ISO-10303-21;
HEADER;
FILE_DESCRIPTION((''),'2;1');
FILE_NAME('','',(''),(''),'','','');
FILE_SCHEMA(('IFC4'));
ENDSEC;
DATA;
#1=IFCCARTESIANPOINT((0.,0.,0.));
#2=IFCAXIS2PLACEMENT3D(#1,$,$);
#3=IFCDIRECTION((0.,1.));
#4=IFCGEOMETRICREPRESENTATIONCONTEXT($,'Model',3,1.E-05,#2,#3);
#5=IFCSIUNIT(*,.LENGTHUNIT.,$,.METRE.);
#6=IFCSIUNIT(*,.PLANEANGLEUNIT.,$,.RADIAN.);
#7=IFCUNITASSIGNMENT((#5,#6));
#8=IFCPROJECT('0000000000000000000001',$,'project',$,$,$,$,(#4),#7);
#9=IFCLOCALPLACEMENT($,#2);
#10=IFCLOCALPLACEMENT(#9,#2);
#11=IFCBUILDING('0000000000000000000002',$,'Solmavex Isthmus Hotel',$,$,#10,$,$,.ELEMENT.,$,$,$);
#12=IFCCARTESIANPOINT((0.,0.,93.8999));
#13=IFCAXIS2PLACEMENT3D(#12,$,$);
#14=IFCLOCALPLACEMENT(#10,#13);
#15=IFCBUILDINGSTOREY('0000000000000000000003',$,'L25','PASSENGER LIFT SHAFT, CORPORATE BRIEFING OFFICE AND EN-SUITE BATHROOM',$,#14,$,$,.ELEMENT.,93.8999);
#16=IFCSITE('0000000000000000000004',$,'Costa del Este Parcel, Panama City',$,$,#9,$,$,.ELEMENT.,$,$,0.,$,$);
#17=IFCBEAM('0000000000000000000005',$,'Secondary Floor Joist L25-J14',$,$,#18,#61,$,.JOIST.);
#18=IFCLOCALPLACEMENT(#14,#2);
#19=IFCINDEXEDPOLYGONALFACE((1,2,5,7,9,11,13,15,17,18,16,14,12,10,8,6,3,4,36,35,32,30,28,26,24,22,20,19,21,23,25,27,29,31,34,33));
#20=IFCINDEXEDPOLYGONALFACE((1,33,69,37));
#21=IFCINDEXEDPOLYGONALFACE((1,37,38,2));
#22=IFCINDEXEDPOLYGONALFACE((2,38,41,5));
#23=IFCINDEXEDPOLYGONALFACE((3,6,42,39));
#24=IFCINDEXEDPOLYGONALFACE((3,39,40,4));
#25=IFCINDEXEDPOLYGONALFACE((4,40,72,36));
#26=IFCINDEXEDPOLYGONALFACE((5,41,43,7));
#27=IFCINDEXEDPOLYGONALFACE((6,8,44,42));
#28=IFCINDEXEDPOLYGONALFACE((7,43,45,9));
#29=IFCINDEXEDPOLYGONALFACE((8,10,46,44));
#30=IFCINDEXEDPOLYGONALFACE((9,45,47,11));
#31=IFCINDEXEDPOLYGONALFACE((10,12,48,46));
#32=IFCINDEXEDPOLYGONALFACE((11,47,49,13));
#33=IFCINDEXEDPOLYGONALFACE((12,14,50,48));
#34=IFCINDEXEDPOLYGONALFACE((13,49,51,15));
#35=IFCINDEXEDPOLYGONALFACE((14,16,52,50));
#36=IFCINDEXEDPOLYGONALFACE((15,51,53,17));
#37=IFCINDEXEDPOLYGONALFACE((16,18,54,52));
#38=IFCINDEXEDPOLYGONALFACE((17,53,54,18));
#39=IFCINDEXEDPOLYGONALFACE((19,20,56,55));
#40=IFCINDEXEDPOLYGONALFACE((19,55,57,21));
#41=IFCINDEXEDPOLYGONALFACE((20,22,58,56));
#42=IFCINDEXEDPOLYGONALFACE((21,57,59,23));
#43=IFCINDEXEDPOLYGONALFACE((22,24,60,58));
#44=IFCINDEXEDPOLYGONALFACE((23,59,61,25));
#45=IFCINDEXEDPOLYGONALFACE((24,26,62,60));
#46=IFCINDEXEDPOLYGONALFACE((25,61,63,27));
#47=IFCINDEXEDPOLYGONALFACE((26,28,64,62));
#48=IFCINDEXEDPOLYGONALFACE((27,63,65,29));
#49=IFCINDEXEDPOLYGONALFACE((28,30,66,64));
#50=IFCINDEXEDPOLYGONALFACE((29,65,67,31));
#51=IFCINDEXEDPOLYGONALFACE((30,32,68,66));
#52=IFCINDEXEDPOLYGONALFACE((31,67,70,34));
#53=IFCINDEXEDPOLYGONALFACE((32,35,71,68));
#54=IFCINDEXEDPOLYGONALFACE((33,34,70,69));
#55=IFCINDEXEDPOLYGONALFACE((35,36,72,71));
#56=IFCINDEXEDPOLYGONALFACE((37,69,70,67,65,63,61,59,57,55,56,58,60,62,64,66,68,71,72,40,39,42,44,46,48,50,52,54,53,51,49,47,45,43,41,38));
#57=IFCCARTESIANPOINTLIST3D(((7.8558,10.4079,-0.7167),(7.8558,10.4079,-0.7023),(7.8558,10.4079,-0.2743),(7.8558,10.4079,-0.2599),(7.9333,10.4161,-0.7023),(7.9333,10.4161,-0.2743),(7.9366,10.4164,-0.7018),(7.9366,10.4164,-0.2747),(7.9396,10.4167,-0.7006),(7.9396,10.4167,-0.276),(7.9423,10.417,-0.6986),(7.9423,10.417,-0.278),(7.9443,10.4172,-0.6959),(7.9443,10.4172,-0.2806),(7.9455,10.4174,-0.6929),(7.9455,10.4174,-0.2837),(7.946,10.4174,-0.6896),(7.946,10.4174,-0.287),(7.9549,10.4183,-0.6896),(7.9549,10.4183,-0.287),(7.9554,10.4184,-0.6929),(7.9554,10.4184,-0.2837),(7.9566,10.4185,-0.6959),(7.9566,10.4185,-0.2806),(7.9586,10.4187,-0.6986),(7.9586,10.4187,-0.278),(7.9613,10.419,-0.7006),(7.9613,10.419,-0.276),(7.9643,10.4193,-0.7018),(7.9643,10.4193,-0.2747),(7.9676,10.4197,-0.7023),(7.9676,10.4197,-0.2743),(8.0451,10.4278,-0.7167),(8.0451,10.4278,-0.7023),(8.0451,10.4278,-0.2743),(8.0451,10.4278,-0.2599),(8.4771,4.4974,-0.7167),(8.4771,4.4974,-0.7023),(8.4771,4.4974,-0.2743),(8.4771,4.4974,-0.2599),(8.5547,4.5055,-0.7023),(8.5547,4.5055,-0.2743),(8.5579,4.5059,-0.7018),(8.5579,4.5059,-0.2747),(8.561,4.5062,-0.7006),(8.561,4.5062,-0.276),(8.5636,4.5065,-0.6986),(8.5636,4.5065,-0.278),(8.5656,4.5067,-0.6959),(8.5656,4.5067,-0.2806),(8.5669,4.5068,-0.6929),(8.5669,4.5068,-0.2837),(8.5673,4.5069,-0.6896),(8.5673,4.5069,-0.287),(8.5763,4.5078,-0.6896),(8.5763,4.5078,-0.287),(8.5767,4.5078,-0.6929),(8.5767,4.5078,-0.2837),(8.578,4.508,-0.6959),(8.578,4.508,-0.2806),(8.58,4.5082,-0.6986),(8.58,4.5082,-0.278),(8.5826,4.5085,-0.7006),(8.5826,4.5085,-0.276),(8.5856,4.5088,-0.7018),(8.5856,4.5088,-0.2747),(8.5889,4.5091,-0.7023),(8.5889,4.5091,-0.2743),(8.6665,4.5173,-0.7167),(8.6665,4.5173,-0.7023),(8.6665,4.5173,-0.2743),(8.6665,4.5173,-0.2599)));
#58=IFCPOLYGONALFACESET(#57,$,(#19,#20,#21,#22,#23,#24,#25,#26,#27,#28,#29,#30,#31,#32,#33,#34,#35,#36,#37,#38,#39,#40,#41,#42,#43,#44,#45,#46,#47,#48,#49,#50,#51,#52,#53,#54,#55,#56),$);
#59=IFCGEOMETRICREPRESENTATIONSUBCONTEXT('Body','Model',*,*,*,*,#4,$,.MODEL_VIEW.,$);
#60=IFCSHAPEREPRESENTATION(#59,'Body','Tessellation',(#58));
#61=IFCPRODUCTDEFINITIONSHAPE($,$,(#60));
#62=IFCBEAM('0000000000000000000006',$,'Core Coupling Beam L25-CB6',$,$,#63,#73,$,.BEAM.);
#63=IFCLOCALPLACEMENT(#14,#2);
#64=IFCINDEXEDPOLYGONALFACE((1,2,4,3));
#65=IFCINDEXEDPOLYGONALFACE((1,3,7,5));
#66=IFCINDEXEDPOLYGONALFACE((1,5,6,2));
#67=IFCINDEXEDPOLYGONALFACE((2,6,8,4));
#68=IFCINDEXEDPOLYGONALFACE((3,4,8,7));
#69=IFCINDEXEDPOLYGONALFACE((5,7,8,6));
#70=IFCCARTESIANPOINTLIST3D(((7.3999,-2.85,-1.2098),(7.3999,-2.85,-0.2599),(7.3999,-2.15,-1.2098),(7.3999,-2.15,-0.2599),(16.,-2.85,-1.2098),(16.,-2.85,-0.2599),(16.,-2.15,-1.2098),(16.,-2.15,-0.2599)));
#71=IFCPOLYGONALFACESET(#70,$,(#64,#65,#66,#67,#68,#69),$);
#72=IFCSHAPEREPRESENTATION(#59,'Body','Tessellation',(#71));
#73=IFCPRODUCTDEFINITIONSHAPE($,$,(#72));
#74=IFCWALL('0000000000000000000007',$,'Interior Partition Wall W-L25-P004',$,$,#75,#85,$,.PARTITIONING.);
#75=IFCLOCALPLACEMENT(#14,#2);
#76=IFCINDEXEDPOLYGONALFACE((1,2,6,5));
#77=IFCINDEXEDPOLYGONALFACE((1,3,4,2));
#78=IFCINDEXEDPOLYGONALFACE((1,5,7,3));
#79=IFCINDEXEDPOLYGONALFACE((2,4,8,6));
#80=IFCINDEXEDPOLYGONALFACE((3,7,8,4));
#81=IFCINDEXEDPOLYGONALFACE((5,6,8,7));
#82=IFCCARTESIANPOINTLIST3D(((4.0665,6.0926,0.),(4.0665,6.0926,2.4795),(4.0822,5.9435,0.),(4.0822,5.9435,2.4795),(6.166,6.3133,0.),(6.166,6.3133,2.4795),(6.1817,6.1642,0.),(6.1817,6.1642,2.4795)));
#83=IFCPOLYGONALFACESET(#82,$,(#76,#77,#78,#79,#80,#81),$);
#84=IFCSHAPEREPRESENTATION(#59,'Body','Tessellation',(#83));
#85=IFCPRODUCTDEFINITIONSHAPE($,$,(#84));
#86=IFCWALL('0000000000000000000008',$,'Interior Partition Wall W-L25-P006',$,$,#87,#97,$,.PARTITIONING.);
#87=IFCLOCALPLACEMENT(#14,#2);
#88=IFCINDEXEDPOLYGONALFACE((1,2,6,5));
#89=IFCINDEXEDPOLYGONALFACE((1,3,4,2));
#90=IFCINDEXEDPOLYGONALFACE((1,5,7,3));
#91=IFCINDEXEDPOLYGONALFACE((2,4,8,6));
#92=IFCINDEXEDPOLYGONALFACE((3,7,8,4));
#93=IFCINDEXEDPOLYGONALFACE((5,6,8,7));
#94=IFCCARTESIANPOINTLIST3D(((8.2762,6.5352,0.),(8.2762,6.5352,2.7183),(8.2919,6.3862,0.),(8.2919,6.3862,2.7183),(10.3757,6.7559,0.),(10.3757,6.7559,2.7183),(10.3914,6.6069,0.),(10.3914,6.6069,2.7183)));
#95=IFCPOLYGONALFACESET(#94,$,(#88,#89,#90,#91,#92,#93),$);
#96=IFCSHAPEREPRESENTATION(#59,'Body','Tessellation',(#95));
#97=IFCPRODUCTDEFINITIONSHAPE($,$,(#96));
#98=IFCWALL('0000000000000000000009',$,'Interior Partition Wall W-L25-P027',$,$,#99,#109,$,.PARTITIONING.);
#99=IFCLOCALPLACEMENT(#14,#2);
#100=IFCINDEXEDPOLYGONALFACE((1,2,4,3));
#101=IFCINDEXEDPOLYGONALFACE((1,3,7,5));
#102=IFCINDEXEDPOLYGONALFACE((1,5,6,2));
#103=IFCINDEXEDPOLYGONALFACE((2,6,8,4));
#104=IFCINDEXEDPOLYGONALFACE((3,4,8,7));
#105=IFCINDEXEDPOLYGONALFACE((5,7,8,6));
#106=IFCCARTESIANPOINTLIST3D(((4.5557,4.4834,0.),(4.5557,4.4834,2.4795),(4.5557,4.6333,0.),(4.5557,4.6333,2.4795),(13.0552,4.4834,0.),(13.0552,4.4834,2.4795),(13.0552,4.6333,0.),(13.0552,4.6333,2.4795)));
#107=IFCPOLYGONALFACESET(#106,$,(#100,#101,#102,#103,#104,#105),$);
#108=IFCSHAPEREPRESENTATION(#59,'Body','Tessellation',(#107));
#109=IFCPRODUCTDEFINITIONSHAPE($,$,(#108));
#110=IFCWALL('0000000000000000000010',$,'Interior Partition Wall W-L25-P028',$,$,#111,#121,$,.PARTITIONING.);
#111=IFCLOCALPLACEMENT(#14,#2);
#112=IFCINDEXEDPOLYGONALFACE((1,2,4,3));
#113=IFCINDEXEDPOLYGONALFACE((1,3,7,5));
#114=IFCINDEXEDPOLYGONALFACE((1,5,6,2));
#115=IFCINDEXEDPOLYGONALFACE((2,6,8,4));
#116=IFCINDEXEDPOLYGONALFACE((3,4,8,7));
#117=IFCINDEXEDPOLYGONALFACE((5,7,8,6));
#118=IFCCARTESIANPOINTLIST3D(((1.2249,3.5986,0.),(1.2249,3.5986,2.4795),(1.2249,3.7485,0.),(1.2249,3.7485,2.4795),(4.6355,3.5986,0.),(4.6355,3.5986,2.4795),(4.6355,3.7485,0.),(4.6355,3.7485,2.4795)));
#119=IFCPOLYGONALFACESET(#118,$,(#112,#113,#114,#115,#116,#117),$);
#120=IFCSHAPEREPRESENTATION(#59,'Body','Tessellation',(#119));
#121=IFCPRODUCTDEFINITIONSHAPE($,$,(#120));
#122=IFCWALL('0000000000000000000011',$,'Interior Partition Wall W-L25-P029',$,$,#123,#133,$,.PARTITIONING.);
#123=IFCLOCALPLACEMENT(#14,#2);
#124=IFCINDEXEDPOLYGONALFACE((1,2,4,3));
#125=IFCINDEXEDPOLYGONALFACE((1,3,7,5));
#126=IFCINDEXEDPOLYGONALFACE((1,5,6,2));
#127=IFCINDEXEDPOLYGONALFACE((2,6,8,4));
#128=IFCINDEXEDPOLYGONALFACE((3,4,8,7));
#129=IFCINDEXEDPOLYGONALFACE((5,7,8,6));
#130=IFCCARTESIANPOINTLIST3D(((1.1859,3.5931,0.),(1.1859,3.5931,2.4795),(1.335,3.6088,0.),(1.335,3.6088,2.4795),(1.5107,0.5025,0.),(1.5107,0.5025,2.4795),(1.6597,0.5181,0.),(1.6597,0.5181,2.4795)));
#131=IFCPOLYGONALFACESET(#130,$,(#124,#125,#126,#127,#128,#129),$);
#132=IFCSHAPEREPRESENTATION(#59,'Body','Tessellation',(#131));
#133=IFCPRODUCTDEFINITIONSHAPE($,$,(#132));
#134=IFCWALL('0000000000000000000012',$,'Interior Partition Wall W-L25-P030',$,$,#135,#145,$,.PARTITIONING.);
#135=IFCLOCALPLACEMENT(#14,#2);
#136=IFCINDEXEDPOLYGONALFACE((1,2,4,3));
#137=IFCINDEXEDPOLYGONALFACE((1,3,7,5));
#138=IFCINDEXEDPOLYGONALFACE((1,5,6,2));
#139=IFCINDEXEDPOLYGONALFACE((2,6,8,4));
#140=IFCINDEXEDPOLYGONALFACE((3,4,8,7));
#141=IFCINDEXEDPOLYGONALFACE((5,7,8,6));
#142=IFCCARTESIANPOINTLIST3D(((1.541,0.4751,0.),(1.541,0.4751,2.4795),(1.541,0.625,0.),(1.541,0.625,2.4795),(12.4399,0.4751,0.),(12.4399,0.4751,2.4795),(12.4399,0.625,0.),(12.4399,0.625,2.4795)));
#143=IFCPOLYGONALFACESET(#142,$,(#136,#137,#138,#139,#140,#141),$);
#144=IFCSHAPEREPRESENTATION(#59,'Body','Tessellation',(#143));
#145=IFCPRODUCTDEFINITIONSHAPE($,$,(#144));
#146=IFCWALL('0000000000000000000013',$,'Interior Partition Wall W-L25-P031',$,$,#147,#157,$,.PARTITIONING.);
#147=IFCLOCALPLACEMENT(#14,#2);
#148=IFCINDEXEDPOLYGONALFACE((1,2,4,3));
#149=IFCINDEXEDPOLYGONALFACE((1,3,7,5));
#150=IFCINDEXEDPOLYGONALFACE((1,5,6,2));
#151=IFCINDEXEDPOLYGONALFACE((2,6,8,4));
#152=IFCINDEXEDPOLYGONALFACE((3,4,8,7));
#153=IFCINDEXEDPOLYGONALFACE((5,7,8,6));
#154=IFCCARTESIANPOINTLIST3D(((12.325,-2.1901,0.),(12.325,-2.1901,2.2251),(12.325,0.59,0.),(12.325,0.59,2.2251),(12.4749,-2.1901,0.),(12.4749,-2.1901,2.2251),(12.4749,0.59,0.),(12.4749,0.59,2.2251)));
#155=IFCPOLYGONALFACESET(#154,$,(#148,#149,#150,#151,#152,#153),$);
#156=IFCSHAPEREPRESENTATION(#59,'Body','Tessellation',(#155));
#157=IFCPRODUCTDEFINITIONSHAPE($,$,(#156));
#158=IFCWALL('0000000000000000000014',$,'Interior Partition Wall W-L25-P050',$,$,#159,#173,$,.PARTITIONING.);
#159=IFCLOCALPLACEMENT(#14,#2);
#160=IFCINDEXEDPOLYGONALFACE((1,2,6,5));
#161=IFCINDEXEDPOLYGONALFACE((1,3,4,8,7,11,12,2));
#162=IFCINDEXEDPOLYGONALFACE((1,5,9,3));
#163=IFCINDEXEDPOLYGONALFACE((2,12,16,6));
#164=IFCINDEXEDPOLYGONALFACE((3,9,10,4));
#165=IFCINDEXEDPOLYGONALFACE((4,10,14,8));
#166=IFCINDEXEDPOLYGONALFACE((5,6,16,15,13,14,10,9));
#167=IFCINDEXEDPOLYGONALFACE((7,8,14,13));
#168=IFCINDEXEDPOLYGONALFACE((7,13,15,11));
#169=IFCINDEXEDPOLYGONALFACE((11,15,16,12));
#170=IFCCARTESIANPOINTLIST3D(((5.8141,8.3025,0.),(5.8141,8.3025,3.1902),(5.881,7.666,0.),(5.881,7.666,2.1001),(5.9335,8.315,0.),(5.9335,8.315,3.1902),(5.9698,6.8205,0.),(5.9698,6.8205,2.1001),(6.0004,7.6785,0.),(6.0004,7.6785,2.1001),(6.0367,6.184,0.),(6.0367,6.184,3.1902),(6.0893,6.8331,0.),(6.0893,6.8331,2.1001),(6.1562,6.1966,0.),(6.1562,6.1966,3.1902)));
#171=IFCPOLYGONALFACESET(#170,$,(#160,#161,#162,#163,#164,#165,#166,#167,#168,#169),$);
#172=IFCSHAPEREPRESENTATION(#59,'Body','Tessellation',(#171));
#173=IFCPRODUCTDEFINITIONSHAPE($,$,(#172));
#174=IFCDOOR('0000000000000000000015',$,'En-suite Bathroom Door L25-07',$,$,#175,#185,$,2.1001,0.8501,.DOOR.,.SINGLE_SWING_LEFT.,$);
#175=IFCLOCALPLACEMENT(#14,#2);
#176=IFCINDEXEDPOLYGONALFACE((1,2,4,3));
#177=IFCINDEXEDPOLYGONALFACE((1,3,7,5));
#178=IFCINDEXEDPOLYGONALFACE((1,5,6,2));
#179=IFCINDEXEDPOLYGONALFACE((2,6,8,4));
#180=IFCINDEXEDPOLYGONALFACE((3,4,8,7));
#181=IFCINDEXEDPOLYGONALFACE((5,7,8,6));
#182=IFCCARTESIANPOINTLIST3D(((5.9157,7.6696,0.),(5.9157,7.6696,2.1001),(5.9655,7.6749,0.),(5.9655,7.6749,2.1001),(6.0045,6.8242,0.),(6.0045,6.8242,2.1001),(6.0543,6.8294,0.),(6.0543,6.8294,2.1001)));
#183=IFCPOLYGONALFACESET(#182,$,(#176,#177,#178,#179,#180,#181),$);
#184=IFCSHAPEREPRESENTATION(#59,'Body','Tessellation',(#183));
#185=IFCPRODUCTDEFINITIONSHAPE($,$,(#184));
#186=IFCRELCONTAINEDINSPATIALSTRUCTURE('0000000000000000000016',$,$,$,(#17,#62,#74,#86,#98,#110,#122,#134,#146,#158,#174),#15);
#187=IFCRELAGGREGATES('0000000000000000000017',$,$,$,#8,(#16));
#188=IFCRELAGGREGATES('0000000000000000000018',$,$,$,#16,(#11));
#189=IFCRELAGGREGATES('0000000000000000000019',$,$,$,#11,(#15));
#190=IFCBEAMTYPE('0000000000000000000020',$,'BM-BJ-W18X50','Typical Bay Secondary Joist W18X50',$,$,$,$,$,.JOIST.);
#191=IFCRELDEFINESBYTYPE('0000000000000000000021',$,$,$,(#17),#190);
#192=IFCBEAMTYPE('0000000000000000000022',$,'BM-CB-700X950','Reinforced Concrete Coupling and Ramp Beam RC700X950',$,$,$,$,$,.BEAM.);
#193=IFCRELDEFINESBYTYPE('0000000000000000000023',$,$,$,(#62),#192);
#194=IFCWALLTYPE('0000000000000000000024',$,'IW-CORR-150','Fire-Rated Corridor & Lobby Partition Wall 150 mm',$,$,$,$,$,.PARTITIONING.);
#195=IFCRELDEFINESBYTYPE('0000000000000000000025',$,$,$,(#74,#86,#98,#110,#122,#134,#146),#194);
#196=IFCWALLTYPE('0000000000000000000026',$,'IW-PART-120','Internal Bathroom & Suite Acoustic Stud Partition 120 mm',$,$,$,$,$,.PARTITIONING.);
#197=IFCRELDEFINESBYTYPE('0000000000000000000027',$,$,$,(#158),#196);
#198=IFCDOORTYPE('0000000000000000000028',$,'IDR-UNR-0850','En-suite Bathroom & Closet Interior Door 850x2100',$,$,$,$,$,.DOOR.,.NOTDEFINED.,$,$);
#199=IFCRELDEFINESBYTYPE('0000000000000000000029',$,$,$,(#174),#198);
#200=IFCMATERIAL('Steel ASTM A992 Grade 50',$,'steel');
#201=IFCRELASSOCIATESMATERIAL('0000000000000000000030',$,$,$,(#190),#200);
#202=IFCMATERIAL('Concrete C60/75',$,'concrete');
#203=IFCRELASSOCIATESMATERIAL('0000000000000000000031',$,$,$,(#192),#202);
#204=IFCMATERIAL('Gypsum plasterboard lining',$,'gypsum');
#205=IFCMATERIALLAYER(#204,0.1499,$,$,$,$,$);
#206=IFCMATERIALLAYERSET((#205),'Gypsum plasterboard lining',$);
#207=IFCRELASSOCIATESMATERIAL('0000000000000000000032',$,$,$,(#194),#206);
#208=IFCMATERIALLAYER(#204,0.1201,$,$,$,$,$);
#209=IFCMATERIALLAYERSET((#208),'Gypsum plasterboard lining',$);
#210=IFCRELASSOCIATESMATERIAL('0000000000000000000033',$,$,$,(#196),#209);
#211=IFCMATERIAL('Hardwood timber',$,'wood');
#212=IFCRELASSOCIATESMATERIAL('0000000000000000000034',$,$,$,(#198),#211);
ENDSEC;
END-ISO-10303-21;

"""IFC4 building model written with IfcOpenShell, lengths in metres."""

from ifc_helpers import new_model, si_unit, direction, frame, frame_2d, origin, origin_2d, place, context, subcontext, project, spatial, rectangle, i_section, extrude, material, layer, layer_set, material_profile, profile_set, type_object, element, fill, save


model = new_model("IFC4")

# Units and contexts
model_context = context("Model", 3, precision=1e-05, world=origin(), true_north=direction((0.0, 1.0)))
body_context = subcontext(model_context, "Body", "Model", "MODEL_VIEW")
ifc_project = project(units=[si_unit("LENGTHUNIT", "METRE"), si_unit("PLANEANGLEUNIT", "RADIAN")], contexts=[model_context])

# Site, building, storey
site_placement = place(None, origin())
site = spatial("IfcSite", under=ifc_project, at=site_placement, Name="Costa del Este Parcel, Panama City", CompositionType="ELEMENT", RefElevation=0.0)
building_placement = place(site_placement, origin())
building = spatial("IfcBuilding", under=site, at=building_placement, Name="Solmavex Isthmus Hotel", CompositionType="ELEMENT")
storey_placement = place(building_placement, frame((0.0, 0.0, 93.8999)))
storey = spatial("IfcBuildingStorey", under=building, at=storey_placement, Name="L25", Description="PASSENGER LIFT SHAFT, CORPORATE BRIEFING OFFICE AND EN-SUITE BATHROOM", CompositionType="ELEMENT", Elevation=93.8999)

# Shared definitions
ifc_material_1 = material(Name="Concrete C60/75", Category="concrete")

# Beams
ifc_material_2 = material(Name="Steel ASTM A992 Grade 50", Category="steel")
ifc_material_profile_1 = material_profile(ifc_material_2, i_section(OverallWidth=0.1904, OverallDepth=0.4568, WebThickness=0.009, FlangeThickness=0.0144, FilletRadius=0.0127, at=origin_2d()), Name="W18X50")
ifc_profile_set_1 = profile_set([ifc_material_profile_1], Name="Steel ASTM A992 Grade 50")
beam_type_1 = type_object("IfcBeamType", Name="BM-BJ-W18X50", Description="Typical Bay Secondary Joist W18X50", PredefinedType="JOIST", material=ifc_profile_set_1)
beam_1_placement = place(storey_placement, frame((8.5718, 4.5073, -0.4883), z_axis=(-0.104546, 0.99452, 0.0), x_axis=(-0.99452, -0.104546, 0.0)))
element("IfcBeam", 1, at=beam_1_placement, inside=storey, type_object=beam_type_1, Name="Secondary Floor Joist L25-J14", PredefinedType="JOIST", context=body_context, shape_type="SweptSolid", body=[
    extrude(i_section(OverallWidth=0.1904, OverallDepth=0.4568, WebThickness=0.009, FlangeThickness=0.0144, FilletRadius=0.0127, at=origin_2d()), origin(), (0.0, 0.0, 1.0), 5.9431),
])
ifc_material_profile_2 = material_profile(ifc_material_1, rectangle(XDim=0.7, YDim=0.95, at=origin_2d()), Name="RC700X950")
ifc_profile_set_2 = profile_set([ifc_material_profile_2], Name="Concrete C60/75")
beam_type_2 = type_object("IfcBeamType", Name="BM-CB-700X950", Description="Reinforced Concrete Coupling and Ramp Beam RC700X950", PredefinedType="BEAM", material=ifc_profile_set_2)
beam_2_placement = place(storey_placement, frame((7.3999, -2.5, -0.7349), z_axis=(1.0, 0.0, 0.0), x_axis=(0.0, 1.0, 0.0)))
element("IfcBeam", 2, at=beam_2_placement, inside=storey, type_object=beam_type_2, Name="Core Coupling Beam L25-CB6", PredefinedType="BEAM", context=body_context, shape_type="SweptSolid", body=[
    extrude(rectangle(XDim=0.7, YDim=0.95, at=origin_2d()), origin(), (0.0, 0.0, 1.0), 8.6001),
])

# Shared definitions
ifc_material_3 = material(Name="Gypsum plasterboard lining", Category="gypsum")
ifc_layer_1 = layer(ifc_material_3, 0.1499)
ifc_layer_set_1 = layer_set([ifc_layer_1], Name="Gypsum plasterboard lining")
wall_type_1 = type_object("IfcWallType", Name="IW-CORR-150", Description="Fire-Rated Corridor & Lobby Partition Wall 150 mm", PredefinedType="PARTITIONING", material=ifc_layer_set_1)
ifc_material_4 = material(Name="Hardwood timber", Category="wood")

# Wall
wall_1_placement = place(storey_placement, frame((4.0742, 6.0181, 0.0), z_axis=(0.0, 0.0, 1.0), x_axis=(0.994521, 0.10454, 0.0)))
element("IfcWall", 3, at=wall_1_placement, inside=storey, type_object=wall_type_1, Name="Interior Partition Wall W-L25-P004", PredefinedType="PARTITIONING", context=body_context, shape_type="SweptSolid", body=[
    extrude(rectangle(XDim=2.1111, YDim=0.1499, at=frame_2d((1.0557, 0.0))), origin(), (0.0, 0.0, 1.0), 2.4795),
])

# Walls
wall_2_placement = place(storey_placement, frame((8.2839, 6.4607, 0.0), z_axis=(0.0, 0.0, 1.0), x_axis=(0.994521, 0.10454, 0.0)))
element("IfcWall", 4, at=wall_2_placement, inside=storey, type_object=wall_type_1, Name="Interior Partition Wall W-L25-P006", PredefinedType="PARTITIONING", context=body_context, shape_type="SweptSolid", body=[
    extrude(rectangle(XDim=2.1111, YDim=0.1499, at=frame_2d((1.0557, 0.0))), origin(), (0.0, 0.0, 1.0), 2.7183),
])
wall_3_placement = place(storey_placement, frame((13.0552, 4.5583, 0.0), z_axis=(0.0, 0.0, 1.0), x_axis=(-1.0, 0.0, 0.0)))
element("IfcWall", 5, at=wall_3_placement, inside=storey, type_object=wall_type_1, Name="Interior Partition Wall W-L25-P027", PredefinedType="PARTITIONING", context=body_context, shape_type="SweptSolid", body=[
    extrude(rectangle(XDim=8.4995, YDim=0.1499, at=frame_2d((4.2498, 0.0))), origin(), (0.0, 0.0, 1.0), 2.4795),
])
wall_4_placement = place(storey_placement, frame((4.6355, 3.6736, 0.0), z_axis=(0.0, 0.0, 1.0), x_axis=(-1.0, 0.0, 0.0)))
element("IfcWall", 6, at=wall_4_placement, inside=storey, type_object=wall_type_1, Name="Interior Partition Wall W-L25-P028", PredefinedType="PARTITIONING", context=body_context, shape_type="SweptSolid", body=[
    extrude(rectangle(XDim=3.4106, YDim=0.1499, at=frame_2d((1.7053, 0.0))), origin(), (0.0, 0.0, 1.0), 2.4795),
])
wall_5_placement = place(storey_placement, frame((1.2605, 3.6008, 0.0), z_axis=(0.0, 0.0, 1.0), x_axis=(0.104488, -0.994526, 0.0)))
element("IfcWall", 7, at=wall_5_placement, inside=storey, type_object=wall_type_1, Name="Interior Partition Wall W-L25-P029", PredefinedType="PARTITIONING", context=body_context, shape_type="SweptSolid", body=[
    extrude(rectangle(XDim=3.1077, YDim=0.1499, at=frame_2d((1.5537, 0.0))), origin(), (0.0, 0.0, 1.0), 2.4795),
])
wall_6_placement = place(storey_placement, frame((1.541, 0.55, 0.0), z_axis=(0.0, 0.0, 1.0), x_axis=(1.0, 0.0, 0.0)))
element("IfcWall", 8, at=wall_6_placement, inside=storey, type_object=wall_type_1, Name="Interior Partition Wall W-L25-P030", PredefinedType="PARTITIONING", context=body_context, shape_type="SweptSolid", body=[
    extrude(rectangle(XDim=10.8989, YDim=0.1499, at=frame_2d((5.4495, 0.0))), origin(), (0.0, 0.0, 1.0), 2.4795),
])
wall_7_placement = place(storey_placement, frame((12.3999, 0.5901, 0.0), z_axis=(0.0, 0.0, 1.0), x_axis=(0.0, -1.0, 0.0)))
element("IfcWall", 9, at=wall_7_placement, inside=storey, type_object=wall_type_1, Name="Interior Partition Wall W-L25-P031", PredefinedType="PARTITIONING", context=body_context, shape_type="SweptSolid", body=[
    extrude(rectangle(XDim=2.78, YDim=0.1499, at=frame_2d((1.3901, 0.0))), origin(), (0.0, 0.0, 1.0), 2.2251),
])

# Wall, opening, door
ifc_layer_2 = layer(ifc_material_3, 0.1201)
ifc_layer_set_2 = layer_set([ifc_layer_2], Name="Gypsum plasterboard lining")
wall_type_2 = type_object("IfcWallType", Name="IW-PART-120", Description="Internal Bathroom & Suite Acoustic Stud Partition 120 mm", PredefinedType="PARTITIONING", material=ifc_layer_set_2)
wall_8_placement = place(storey_placement, frame((6.0964, 6.1904, 0.0), z_axis=(0.0, 0.0, 1.0), x_axis=(-0.10453, 0.994522, 0.0)))
wall_8 = element("IfcWall", 10, at=wall_8_placement, inside=storey, type_object=wall_type_2, Name="Interior Partition Wall W-L25-P050", PredefinedType="PARTITIONING", context=body_context, shape_type="SweptSolid", body=[
    extrude(rectangle(XDim=2.1301, YDim=0.1201, at=frame_2d((1.0649, 0.0))), origin(), (0.0, 0.0, 1.0), 3.1902),
])
opening_1_placement = place(wall_8_placement, frame((0.6399, 0.0, 0.0)))
opening_1 = element("IfcOpeningElement", 11, at=opening_1_placement, cuts=wall_8, PredefinedType="OPENING", context=body_context, shape_type="SweptSolid", body=[
    extrude(rectangle(XDim=0.8501, YDim=2.1001, at=frame_2d((0.425, 1.05))), frame((0.0, 0.0701, 0.0), z_axis=(0.0, -1.0, 0.0), x_axis=(1.0, 0.0, 0.0)), (0.0, 0.0, 1.0), 0.1401),
])
door_type_1 = type_object("IfcDoorType", Name="IDR-UNR-0850", Description="En-suite Bathroom & Closet Interior Door 850x2100", OperationType="NOTDEFINED", PredefinedType="DOOR", material=ifc_material_4)
door_1_placement = place(opening_1_placement, frame((0.8501, 0.0, 0.0), z_axis=(0.0, 0.0, 1.0), x_axis=(-1.0, 0.0, 0.0)))
door_1 = element("IfcDoor", 12, at=door_1_placement, inside=storey, type_object=door_type_1, Name="En-suite Bathroom Door L25-07", OperationType="SINGLE_SWING_LEFT", OverallHeight=2.1001, OverallWidth=0.8501, PredefinedType="DOOR", context=body_context, shape_type="SweptSolid", body=[
    extrude(rectangle(XDim=0.8501, YDim=2.1001, at=frame_2d((0.425, 1.05))), frame((0.0, 0.0249, 0.0), z_axis=(0.0, -1.0, 0.0), x_axis=(1.0, 0.0, 0.0)), (0.0, 0.0, 1.0), 0.05),
])
fill(opening_1, door_1)

save(model, "model.ifc")
